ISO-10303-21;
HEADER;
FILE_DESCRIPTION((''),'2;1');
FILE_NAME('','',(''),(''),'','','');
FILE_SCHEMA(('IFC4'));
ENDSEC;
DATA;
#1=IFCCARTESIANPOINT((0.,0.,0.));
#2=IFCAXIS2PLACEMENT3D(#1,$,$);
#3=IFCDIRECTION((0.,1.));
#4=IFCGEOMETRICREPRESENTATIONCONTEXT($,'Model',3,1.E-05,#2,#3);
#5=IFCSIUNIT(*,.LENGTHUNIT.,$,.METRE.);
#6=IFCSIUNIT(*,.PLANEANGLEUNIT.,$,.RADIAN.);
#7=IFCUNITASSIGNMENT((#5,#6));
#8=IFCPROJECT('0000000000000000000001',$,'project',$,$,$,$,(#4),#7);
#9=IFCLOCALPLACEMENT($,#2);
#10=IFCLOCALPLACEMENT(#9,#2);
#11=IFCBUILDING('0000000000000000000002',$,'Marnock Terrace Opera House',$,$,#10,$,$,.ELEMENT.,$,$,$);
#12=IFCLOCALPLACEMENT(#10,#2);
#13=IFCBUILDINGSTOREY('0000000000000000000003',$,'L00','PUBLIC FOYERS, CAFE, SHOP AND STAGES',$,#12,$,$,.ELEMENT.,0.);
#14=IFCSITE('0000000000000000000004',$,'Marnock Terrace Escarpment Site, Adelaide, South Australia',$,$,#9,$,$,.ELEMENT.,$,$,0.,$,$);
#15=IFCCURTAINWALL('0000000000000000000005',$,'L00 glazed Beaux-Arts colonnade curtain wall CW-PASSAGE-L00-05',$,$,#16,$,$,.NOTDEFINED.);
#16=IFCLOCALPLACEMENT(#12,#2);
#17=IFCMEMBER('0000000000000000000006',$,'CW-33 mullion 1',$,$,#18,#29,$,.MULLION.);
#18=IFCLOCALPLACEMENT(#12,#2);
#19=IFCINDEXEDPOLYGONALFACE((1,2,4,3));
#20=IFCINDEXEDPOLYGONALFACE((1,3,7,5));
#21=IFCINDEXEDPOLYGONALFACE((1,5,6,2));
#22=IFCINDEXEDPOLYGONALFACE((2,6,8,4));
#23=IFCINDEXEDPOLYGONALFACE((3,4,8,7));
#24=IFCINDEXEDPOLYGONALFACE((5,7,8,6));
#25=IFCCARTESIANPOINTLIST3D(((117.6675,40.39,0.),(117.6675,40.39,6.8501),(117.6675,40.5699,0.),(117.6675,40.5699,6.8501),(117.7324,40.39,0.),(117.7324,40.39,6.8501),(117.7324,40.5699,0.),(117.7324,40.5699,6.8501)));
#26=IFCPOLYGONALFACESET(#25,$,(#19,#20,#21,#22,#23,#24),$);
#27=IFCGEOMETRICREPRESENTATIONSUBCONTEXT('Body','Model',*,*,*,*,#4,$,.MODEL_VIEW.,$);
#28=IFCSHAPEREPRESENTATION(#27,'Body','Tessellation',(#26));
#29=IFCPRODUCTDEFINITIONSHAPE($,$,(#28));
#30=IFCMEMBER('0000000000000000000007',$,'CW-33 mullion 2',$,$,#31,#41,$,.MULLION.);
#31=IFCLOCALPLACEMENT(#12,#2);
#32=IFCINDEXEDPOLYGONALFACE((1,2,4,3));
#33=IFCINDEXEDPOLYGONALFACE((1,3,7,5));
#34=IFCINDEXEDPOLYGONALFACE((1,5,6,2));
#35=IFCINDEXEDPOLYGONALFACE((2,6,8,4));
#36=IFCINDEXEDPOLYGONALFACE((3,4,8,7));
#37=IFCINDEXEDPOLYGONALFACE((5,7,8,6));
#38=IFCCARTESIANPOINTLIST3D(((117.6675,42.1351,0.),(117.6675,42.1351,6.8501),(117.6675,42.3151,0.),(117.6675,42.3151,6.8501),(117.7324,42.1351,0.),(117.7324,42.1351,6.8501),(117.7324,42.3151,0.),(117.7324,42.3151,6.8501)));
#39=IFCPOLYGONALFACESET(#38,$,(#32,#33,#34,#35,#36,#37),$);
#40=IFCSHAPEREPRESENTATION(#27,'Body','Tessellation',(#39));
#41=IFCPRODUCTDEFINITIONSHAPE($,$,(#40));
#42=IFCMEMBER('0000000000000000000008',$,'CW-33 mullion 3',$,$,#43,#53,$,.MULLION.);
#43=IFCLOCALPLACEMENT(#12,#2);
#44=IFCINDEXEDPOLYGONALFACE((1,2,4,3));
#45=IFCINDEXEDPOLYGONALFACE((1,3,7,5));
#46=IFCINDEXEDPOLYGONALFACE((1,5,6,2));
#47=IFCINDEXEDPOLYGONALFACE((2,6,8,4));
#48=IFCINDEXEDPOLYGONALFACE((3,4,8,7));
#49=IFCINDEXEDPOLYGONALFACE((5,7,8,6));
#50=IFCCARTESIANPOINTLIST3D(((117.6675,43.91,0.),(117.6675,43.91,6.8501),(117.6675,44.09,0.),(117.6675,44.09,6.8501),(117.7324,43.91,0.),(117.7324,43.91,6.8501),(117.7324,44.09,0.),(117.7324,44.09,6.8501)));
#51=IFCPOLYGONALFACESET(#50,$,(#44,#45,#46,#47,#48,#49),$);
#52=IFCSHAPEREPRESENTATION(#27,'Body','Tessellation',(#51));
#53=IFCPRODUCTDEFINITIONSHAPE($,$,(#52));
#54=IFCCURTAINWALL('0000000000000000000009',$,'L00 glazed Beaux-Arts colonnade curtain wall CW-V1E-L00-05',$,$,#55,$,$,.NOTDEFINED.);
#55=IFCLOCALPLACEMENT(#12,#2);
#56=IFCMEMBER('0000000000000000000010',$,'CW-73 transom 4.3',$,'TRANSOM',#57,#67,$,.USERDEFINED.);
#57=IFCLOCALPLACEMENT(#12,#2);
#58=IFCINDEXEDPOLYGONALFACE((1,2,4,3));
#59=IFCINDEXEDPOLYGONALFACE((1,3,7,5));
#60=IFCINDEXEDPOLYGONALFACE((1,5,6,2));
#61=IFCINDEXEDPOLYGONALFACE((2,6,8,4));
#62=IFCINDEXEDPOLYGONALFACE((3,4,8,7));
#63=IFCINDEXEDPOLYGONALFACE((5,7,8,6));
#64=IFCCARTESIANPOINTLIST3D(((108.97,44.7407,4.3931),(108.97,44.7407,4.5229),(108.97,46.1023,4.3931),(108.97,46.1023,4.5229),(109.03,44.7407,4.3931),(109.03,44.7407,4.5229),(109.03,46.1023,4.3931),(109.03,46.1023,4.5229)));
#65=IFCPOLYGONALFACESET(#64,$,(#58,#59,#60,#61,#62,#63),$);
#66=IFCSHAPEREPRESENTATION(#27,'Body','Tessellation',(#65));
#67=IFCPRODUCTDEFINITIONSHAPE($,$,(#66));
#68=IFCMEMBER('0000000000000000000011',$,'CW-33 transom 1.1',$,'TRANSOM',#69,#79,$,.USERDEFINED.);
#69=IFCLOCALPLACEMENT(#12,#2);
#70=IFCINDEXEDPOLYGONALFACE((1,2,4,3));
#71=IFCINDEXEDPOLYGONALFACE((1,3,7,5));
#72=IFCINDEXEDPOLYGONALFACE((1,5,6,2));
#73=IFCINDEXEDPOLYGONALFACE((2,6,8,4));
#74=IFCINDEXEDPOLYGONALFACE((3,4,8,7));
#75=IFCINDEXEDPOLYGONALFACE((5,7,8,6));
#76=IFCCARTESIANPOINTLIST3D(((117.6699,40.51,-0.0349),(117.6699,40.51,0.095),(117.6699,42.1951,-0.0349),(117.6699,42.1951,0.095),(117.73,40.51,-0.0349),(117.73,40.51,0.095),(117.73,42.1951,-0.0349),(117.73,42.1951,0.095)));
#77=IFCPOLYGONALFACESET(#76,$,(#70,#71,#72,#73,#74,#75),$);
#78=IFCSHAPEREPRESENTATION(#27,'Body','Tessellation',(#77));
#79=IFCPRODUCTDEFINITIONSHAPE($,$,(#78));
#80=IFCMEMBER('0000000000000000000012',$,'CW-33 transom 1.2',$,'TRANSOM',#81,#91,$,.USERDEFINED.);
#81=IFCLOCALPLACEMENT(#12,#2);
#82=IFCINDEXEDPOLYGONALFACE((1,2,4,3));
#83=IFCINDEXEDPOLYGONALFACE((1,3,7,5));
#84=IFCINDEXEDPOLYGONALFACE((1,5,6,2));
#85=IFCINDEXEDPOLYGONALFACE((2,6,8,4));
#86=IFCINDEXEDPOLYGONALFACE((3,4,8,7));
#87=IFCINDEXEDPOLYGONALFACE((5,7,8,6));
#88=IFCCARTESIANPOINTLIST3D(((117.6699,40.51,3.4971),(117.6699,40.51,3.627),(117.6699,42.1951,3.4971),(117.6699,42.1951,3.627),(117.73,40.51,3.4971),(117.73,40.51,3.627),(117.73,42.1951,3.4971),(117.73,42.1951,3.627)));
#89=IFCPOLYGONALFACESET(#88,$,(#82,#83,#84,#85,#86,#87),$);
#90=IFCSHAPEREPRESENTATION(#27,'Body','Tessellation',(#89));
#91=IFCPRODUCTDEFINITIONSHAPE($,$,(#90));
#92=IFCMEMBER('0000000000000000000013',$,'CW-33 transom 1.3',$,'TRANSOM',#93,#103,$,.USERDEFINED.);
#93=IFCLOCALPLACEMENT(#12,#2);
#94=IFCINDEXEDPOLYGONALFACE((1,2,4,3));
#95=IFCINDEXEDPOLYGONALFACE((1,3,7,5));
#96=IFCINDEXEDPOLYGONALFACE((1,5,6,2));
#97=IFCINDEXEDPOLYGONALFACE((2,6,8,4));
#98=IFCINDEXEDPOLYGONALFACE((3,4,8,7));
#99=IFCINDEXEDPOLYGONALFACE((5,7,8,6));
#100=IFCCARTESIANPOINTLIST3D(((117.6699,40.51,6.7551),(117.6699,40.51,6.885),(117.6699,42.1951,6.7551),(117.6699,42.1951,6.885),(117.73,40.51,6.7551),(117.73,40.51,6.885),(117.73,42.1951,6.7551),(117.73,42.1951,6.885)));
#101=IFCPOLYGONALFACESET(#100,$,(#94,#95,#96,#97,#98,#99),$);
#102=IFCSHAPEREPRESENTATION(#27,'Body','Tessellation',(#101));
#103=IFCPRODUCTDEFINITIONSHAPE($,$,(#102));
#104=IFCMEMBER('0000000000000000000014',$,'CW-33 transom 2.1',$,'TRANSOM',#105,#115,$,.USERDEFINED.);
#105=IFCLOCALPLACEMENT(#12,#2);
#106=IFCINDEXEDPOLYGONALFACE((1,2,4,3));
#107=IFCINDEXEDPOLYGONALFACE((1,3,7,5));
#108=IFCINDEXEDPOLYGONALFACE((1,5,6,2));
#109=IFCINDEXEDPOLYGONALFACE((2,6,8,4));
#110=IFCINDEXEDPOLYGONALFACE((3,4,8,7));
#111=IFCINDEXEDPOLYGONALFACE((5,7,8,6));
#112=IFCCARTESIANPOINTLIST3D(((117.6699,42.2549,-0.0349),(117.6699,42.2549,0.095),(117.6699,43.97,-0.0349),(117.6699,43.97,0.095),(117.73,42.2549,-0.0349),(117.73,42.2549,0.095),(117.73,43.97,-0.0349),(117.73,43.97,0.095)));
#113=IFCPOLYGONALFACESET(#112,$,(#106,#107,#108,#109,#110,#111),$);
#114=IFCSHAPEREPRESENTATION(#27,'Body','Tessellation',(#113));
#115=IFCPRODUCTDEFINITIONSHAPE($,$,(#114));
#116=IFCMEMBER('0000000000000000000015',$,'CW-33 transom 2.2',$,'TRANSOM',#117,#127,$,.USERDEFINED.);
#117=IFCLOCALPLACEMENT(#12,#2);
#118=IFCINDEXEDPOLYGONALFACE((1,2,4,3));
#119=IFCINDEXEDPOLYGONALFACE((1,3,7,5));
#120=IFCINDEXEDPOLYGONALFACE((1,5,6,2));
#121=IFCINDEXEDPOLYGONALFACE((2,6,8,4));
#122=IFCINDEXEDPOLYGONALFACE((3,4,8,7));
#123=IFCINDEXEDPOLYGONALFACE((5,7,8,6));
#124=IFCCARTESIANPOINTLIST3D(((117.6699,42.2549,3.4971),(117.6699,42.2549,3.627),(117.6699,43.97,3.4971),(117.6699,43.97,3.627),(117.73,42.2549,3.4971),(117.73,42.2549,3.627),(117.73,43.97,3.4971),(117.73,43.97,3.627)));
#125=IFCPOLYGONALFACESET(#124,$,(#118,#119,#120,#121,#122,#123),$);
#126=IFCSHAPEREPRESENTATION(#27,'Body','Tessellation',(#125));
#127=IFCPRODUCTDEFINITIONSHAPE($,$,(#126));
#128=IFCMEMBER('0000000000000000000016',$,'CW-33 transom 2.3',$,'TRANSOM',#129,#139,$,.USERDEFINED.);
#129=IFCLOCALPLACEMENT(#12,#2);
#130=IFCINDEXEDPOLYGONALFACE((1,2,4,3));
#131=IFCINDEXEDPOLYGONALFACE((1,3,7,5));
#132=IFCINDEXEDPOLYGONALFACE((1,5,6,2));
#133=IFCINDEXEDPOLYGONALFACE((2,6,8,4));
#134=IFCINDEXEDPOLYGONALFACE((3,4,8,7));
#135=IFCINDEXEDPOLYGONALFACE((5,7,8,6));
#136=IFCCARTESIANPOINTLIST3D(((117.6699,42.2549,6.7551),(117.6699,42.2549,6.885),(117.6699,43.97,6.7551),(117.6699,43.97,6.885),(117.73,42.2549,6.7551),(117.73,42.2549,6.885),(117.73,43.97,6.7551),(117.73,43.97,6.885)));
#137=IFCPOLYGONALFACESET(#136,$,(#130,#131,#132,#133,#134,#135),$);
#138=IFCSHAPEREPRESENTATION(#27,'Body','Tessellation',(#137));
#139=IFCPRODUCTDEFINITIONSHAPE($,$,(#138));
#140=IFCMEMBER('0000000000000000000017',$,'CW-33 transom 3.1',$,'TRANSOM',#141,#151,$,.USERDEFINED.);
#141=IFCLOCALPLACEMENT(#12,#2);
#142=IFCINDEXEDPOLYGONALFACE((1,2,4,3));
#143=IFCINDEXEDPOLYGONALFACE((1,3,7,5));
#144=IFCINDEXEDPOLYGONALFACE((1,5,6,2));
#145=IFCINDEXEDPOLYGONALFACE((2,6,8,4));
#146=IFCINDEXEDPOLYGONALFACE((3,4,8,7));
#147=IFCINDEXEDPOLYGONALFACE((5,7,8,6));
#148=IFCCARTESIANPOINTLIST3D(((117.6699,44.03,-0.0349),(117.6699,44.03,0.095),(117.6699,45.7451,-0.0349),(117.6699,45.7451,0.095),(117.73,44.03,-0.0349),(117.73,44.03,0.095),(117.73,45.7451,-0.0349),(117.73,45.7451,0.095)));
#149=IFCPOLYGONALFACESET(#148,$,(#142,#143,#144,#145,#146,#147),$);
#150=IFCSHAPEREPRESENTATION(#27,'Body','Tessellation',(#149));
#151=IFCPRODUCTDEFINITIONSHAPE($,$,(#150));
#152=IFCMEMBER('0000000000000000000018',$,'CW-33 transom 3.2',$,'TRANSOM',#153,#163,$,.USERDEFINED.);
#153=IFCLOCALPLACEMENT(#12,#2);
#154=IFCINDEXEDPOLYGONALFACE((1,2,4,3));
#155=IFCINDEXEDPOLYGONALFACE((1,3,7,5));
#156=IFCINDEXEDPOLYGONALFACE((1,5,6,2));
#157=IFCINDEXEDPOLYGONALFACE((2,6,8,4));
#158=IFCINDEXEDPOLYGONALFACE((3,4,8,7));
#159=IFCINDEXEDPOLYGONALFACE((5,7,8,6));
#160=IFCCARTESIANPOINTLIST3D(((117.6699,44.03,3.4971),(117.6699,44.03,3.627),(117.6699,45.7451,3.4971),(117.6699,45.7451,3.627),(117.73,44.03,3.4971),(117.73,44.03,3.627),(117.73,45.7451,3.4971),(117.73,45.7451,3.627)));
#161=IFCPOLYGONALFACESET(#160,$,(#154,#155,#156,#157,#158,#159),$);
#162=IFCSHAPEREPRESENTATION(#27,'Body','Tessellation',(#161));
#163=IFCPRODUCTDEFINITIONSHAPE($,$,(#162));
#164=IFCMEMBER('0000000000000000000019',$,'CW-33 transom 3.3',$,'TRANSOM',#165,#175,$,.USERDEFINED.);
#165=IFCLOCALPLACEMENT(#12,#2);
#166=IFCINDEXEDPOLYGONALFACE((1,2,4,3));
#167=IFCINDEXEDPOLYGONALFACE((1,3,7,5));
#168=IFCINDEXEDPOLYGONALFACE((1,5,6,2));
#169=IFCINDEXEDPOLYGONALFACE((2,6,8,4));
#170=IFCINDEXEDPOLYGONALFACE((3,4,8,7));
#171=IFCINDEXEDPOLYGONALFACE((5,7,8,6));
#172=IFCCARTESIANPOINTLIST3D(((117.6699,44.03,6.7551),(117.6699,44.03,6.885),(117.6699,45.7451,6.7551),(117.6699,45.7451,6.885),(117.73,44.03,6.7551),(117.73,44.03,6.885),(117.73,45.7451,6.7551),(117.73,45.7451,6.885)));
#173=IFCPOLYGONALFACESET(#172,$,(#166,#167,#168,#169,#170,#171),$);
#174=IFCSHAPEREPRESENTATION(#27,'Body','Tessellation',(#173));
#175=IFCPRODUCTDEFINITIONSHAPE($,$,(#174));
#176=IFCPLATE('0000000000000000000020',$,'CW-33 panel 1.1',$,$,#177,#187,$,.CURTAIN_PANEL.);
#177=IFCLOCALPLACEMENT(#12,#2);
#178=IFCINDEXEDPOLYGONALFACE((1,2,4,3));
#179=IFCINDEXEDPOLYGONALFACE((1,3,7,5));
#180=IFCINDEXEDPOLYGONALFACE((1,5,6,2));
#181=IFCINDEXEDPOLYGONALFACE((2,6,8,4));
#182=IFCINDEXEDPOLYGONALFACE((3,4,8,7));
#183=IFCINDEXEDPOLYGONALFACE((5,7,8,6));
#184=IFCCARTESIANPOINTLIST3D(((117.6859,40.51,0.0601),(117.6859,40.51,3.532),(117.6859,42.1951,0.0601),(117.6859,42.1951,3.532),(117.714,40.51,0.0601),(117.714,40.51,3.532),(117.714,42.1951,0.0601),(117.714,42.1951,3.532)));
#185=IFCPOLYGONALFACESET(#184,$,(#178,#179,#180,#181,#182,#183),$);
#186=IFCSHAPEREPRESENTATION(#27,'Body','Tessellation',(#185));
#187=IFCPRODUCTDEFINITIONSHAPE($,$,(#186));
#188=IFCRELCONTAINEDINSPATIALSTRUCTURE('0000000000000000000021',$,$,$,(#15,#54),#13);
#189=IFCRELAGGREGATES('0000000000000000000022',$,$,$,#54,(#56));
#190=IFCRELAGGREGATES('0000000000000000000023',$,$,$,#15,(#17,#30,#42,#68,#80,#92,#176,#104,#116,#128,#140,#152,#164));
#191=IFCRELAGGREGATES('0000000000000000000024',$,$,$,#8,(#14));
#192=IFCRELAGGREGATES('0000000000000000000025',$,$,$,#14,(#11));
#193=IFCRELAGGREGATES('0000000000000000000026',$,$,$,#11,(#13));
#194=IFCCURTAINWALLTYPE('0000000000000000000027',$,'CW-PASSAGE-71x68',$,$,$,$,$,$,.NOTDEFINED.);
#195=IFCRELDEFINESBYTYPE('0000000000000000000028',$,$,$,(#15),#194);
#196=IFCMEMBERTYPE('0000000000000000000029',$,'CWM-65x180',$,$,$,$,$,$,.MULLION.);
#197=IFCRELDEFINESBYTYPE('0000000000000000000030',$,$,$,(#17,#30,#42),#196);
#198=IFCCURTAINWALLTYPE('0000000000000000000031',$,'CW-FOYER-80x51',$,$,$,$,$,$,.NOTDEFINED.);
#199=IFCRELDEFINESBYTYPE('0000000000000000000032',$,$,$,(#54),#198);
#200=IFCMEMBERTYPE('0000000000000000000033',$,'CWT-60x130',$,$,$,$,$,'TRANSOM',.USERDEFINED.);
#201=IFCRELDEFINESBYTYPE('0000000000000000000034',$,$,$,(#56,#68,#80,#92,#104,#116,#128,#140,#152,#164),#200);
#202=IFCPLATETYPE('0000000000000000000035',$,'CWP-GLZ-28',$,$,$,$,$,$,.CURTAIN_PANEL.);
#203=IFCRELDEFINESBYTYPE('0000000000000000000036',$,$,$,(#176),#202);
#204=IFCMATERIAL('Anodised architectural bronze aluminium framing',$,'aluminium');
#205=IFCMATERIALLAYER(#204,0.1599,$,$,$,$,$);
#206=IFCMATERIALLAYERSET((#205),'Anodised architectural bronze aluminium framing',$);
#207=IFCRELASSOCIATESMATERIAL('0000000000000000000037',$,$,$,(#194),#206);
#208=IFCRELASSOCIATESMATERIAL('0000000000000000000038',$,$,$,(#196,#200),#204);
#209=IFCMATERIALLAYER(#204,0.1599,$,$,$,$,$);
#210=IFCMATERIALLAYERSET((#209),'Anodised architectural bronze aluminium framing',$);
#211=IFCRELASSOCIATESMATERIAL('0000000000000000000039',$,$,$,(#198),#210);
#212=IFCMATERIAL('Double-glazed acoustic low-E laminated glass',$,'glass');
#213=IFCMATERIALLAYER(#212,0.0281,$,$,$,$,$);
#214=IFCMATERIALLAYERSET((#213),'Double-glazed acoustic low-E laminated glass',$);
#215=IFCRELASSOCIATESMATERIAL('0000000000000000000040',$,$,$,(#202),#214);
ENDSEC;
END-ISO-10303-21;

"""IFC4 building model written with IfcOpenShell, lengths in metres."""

from ifc_helpers import new_model, si_unit, direction, frame, origin, origin_2d, place, context, subcontext, project, spatial, rectangle, extrude, material, layer, layer_set, material_profile, profile_set, type_object, element, aggregate, save


model = new_model("IFC4")

# Units and contexts
model_context = context("Model", 3, precision=1e-05, world=origin(), true_north=direction((0.0, 1.0)))
body_context = subcontext(model_context, "Body", "Model", "MODEL_VIEW")
ifc_project = project(units=[si_unit("LENGTHUNIT", "METRE"), si_unit("PLANEANGLEUNIT", "RADIAN")], contexts=[model_context])

# Site, building, storey
site_placement = place(None, origin())
site = spatial("IfcSite", under=ifc_project, at=site_placement, Name="Marnock Terrace Escarpment Site, Adelaide, South Australia", CompositionType="ELEMENT", RefElevation=0.0)
building_placement = place(site_placement, origin())
building = spatial("IfcBuilding", under=site, at=building_placement, Name="Marnock Terrace Opera House", CompositionType="ELEMENT")
storey_placement = place(building_placement, origin())
storey = spatial("IfcBuildingStorey", under=building, at=storey_placement, Name="L00", Description="PUBLIC FOYERS, CAFE, SHOP AND STAGES", CompositionType="ELEMENT", Elevation=0.0)

# Curtain wall, members
ifc_material_1 = material(Name="Anodised architectural bronze aluminium framing", Category="aluminium")
ifc_layer_1 = layer(ifc_material_1, 0.1599)
ifc_layer_set_1 = layer_set([ifc_layer_1], Name="Anodised architectural bronze aluminium framing")
curtain_wall_type_1 = type_object("IfcCurtainWallType", Name="CW-PASSAGE-71x68", PredefinedType="NOTDEFINED", material=ifc_layer_set_1)
curtain_wall_1_placement = place(storey_placement, origin())
curtain_wall_1 = element("IfcCurtainWall", 1, at=curtain_wall_1_placement, inside=storey, type_object=curtain_wall_type_1, Name="L00 glazed Beaux-Arts colonnade curtain wall CW-PASSAGE-L00-05", PredefinedType="NOTDEFINED")
ifc_material_profile_1 = material_profile(ifc_material_1, rectangle(XDim=0.0649, YDim=0.1799, at=origin_2d()))
ifc_profile_set_1 = profile_set([ifc_material_profile_1], Name="Anodised architectural bronze aluminium framing")
member_type_1 = type_object("IfcMemberType", Name="CWM-65x180", PredefinedType="MULLION", material=ifc_profile_set_1)
member_1_placement = place(storey_placement, frame((117.7, 40.48, 0.0), z_axis=(0.0, 0.0, 1.0), x_axis=(-1.0, 0.0, 0.0)))
member_1 = element("IfcMember", 2, at=member_1_placement, type_object=member_type_1, Name="CW-33 mullion 1", PredefinedType="MULLION", context=body_context, shape_type="SweptSolid", body=[
    extrude(rectangle(XDim=0.0649, YDim=0.1799, at=origin_2d()), origin(), (0.0, 0.0, 1.0), 6.8501),
])
member_2_placement = place(storey_placement, frame((117.7, 42.2251, 0.0), z_axis=(0.0, 0.0, 1.0), x_axis=(-1.0, 0.0, 0.0)))
member_2 = element("IfcMember", 3, at=member_2_placement, type_object=member_type_1, Name="CW-33 mullion 2", PredefinedType="MULLION", context=body_context, shape_type="SweptSolid", body=[
    extrude(rectangle(XDim=0.0649, YDim=0.1799, at=origin_2d()), origin(), (0.0, 0.0, 1.0), 6.8501),
])
member_3_placement = place(storey_placement, frame((117.7, 44.0, 0.0), z_axis=(0.0, 0.0, 1.0), x_axis=(-1.0, 0.0, 0.0)))
member_3 = element("IfcMember", 4, at=member_3_placement, type_object=member_type_1, Name="CW-33 mullion 3", PredefinedType="MULLION", context=body_context, shape_type="SweptSolid", body=[
    extrude(rectangle(XDim=0.0649, YDim=0.1799, at=origin_2d()), origin(), (0.0, 0.0, 1.0), 6.8501),
])

# Curtain wall, member
ifc_layer_2 = layer(ifc_material_1, 0.1599)
ifc_layer_set_2 = layer_set([ifc_layer_2], Name="Anodised architectural bronze aluminium framing")
curtain_wall_type_2 = type_object("IfcCurtainWallType", Name="CW-FOYER-80x51", PredefinedType="NOTDEFINED", material=ifc_layer_set_2)
curtain_wall_2_placement = place(storey_placement, origin())
curtain_wall_2 = element("IfcCurtainWall", 5, at=curtain_wall_2_placement, inside=storey, type_object=curtain_wall_type_2, Name="L00 glazed Beaux-Arts colonnade curtain wall CW-V1E-L00-05", PredefinedType="NOTDEFINED")
ifc_material_profile_2 = material_profile(ifc_material_1, rectangle(XDim=0.0601, YDim=0.1299, at=origin_2d()))
ifc_profile_set_2 = profile_set([ifc_material_profile_2], Name="Anodised architectural bronze aluminium framing")
member_type_2 = type_object("IfcMemberType", Name="CWT-60x130", ElementType="TRANSOM", PredefinedType="USERDEFINED", material=ifc_profile_set_2)
member_4_placement = place(storey_placement, frame((109.0, 44.7407, 4.458), z_axis=(0.0, 1.0, 0.0), x_axis=(-1.0, 0.0, 0.0)))
member_4 = element("IfcMember", 6, at=member_4_placement, type_object=member_type_2, Name="CW-73 transom 4.3", ObjectType="TRANSOM", PredefinedType="USERDEFINED", context=body_context, shape_type="SweptSolid", body=[
    extrude(rectangle(XDim=0.0601, YDim=0.1299, at=origin_2d()), origin(), (0.0, 0.0, 1.0), 1.3616),
])
aggregate(curtain_wall_2, [member_4])

# Members
member_5_placement = place(storey_placement, frame((117.7, 40.51, 0.03), z_axis=(0.0, 1.0, 0.0), x_axis=(-1.0, 0.0, 0.0)))
member_5 = element("IfcMember", 7, at=member_5_placement, type_object=member_type_2, Name="CW-33 transom 1.1", ObjectType="TRANSOM", PredefinedType="USERDEFINED", context=body_context, shape_type="SweptSolid", body=[
    extrude(rectangle(XDim=0.0601, YDim=0.1299, at=origin_2d()), origin(), (0.0, 0.0, 1.0), 1.6851),
])
member_6_placement = place(storey_placement, frame((117.7, 40.51, 3.562), z_axis=(0.0, 1.0, 0.0), x_axis=(-1.0, 0.0, 0.0)))
member_6 = element("IfcMember", 8, at=member_6_placement, type_object=member_type_2, Name="CW-33 transom 1.2", ObjectType="TRANSOM", PredefinedType="USERDEFINED", context=body_context, shape_type="SweptSolid", body=[
    extrude(rectangle(XDim=0.0601, YDim=0.1299, at=origin_2d()), origin(), (0.0, 0.0, 1.0), 1.6851),
])
member_7_placement = place(storey_placement, frame((117.7, 40.51, 6.8201), z_axis=(0.0, 1.0, 0.0), x_axis=(-1.0, 0.0, 0.0)))
member_7 = element("IfcMember", 9, at=member_7_placement, type_object=member_type_2, Name="CW-33 transom 1.3", ObjectType="TRANSOM", PredefinedType="USERDEFINED", context=body_context, shape_type="SweptSolid", body=[
    extrude(rectangle(XDim=0.0601, YDim=0.1299, at=origin_2d()), origin(), (0.0, 0.0, 1.0), 1.6851),
])
member_8_placement = place(storey_placement, frame((117.7, 42.2549, 0.03), z_axis=(0.0, 1.0, 0.0), x_axis=(-1.0, 0.0, 0.0)))
member_8 = element("IfcMember", 10, at=member_8_placement, type_object=member_type_2, Name="CW-33 transom 2.1", ObjectType="TRANSOM", PredefinedType="USERDEFINED", context=body_context, shape_type="SweptSolid", body=[
    extrude(rectangle(XDim=0.0601, YDim=0.1299, at=origin_2d()), origin(), (0.0, 0.0, 1.0), 1.7151),
])
member_9_placement = place(storey_placement, frame((117.7, 42.2549, 3.562), z_axis=(0.0, 1.0, 0.0), x_axis=(-1.0, 0.0, 0.0)))
member_9 = element("IfcMember", 11, at=member_9_placement, type_object=member_type_2, Name="CW-33 transom 2.2", ObjectType="TRANSOM", PredefinedType="USERDEFINED", context=body_context, shape_type="SweptSolid", body=[
    extrude(rectangle(XDim=0.0601, YDim=0.1299, at=origin_2d()), origin(), (0.0, 0.0, 1.0), 1.7151),
])
member_10_placement = place(storey_placement, frame((117.7, 42.2549, 6.8201), z_axis=(0.0, 1.0, 0.0), x_axis=(-1.0, 0.0, 0.0)))
member_10 = element("IfcMember", 12, at=member_10_placement, type_object=member_type_2, Name="CW-33 transom 2.3", ObjectType="TRANSOM", PredefinedType="USERDEFINED", context=body_context, shape_type="SweptSolid", body=[
    extrude(rectangle(XDim=0.0601, YDim=0.1299, at=origin_2d()), origin(), (0.0, 0.0, 1.0), 1.7151),
])
member_11_placement = place(storey_placement, frame((117.7, 44.03, 0.03), z_axis=(0.0, 1.0, 0.0), x_axis=(-1.0, 0.0, 0.0)))
member_11 = element("IfcMember", 13, at=member_11_placement, type_object=member_type_2, Name="CW-33 transom 3.1", ObjectType="TRANSOM", PredefinedType="USERDEFINED", context=body_context, shape_type="SweptSolid", body=[
    extrude(rectangle(XDim=0.0601, YDim=0.1299, at=origin_2d()), origin(), (0.0, 0.0, 1.0), 1.7151),
])
member_12_placement = place(storey_placement, frame((117.7, 44.03, 3.562), z_axis=(0.0, 1.0, 0.0), x_axis=(-1.0, 0.0, 0.0)))
member_12 = element("IfcMember", 14, at=member_12_placement, type_object=member_type_2, Name="CW-33 transom 3.2", ObjectType="TRANSOM", PredefinedType="USERDEFINED", context=body_context, shape_type="SweptSolid", body=[
    extrude(rectangle(XDim=0.0601, YDim=0.1299, at=origin_2d()), origin(), (0.0, 0.0, 1.0), 1.7151),
])
member_13_placement = place(storey_placement, frame((117.7, 44.03, 6.8201), z_axis=(0.0, 1.0, 0.0), x_axis=(-1.0, 0.0, 0.0)))
member_13 = element("IfcMember", 15, at=member_13_placement, type_object=member_type_2, Name="CW-33 transom 3.3", ObjectType="TRANSOM", PredefinedType="USERDEFINED", context=body_context, shape_type="SweptSolid", body=[
    extrude(rectangle(XDim=0.0601, YDim=0.1299, at=origin_2d()), origin(), (0.0, 0.0, 1.0), 1.7151),
])

# Plate
ifc_material_2 = material(Name="Double-glazed acoustic low-E laminated glass", Category="glass")
ifc_layer_3 = layer(ifc_material_2, 0.0281)
ifc_layer_set_3 = layer_set([ifc_layer_3], Name="Double-glazed acoustic low-E laminated glass")
plate_type = type_object("IfcPlateType", Name="CWP-GLZ-28", PredefinedType="CURTAIN_PANEL", material=ifc_layer_set_3)
plate_1_placement = place(storey_placement, frame((117.7, 41.3525, 0.0601), z_axis=(0.0, 0.0, 1.0), x_axis=(0.0, 1.0, 0.0)))
plate_1 = element("IfcPlate", 16, at=plate_1_placement, type_object=plate_type, Name="CW-33 panel 1.1", PredefinedType="CURTAIN_PANEL", context=body_context, shape_type="SweptSolid", body=[
    extrude(rectangle(XDim=1.6851, YDim=0.0281, at=origin_2d()), origin(), (0.0, 0.0, 1.0), 3.4719),
])
aggregate(curtain_wall_1, [member_1, member_2, member_3, member_5, member_6, member_7, plate_1, member_8, member_9, member_10, member_11, member_12, member_13])

save(model, "model.ifc")
